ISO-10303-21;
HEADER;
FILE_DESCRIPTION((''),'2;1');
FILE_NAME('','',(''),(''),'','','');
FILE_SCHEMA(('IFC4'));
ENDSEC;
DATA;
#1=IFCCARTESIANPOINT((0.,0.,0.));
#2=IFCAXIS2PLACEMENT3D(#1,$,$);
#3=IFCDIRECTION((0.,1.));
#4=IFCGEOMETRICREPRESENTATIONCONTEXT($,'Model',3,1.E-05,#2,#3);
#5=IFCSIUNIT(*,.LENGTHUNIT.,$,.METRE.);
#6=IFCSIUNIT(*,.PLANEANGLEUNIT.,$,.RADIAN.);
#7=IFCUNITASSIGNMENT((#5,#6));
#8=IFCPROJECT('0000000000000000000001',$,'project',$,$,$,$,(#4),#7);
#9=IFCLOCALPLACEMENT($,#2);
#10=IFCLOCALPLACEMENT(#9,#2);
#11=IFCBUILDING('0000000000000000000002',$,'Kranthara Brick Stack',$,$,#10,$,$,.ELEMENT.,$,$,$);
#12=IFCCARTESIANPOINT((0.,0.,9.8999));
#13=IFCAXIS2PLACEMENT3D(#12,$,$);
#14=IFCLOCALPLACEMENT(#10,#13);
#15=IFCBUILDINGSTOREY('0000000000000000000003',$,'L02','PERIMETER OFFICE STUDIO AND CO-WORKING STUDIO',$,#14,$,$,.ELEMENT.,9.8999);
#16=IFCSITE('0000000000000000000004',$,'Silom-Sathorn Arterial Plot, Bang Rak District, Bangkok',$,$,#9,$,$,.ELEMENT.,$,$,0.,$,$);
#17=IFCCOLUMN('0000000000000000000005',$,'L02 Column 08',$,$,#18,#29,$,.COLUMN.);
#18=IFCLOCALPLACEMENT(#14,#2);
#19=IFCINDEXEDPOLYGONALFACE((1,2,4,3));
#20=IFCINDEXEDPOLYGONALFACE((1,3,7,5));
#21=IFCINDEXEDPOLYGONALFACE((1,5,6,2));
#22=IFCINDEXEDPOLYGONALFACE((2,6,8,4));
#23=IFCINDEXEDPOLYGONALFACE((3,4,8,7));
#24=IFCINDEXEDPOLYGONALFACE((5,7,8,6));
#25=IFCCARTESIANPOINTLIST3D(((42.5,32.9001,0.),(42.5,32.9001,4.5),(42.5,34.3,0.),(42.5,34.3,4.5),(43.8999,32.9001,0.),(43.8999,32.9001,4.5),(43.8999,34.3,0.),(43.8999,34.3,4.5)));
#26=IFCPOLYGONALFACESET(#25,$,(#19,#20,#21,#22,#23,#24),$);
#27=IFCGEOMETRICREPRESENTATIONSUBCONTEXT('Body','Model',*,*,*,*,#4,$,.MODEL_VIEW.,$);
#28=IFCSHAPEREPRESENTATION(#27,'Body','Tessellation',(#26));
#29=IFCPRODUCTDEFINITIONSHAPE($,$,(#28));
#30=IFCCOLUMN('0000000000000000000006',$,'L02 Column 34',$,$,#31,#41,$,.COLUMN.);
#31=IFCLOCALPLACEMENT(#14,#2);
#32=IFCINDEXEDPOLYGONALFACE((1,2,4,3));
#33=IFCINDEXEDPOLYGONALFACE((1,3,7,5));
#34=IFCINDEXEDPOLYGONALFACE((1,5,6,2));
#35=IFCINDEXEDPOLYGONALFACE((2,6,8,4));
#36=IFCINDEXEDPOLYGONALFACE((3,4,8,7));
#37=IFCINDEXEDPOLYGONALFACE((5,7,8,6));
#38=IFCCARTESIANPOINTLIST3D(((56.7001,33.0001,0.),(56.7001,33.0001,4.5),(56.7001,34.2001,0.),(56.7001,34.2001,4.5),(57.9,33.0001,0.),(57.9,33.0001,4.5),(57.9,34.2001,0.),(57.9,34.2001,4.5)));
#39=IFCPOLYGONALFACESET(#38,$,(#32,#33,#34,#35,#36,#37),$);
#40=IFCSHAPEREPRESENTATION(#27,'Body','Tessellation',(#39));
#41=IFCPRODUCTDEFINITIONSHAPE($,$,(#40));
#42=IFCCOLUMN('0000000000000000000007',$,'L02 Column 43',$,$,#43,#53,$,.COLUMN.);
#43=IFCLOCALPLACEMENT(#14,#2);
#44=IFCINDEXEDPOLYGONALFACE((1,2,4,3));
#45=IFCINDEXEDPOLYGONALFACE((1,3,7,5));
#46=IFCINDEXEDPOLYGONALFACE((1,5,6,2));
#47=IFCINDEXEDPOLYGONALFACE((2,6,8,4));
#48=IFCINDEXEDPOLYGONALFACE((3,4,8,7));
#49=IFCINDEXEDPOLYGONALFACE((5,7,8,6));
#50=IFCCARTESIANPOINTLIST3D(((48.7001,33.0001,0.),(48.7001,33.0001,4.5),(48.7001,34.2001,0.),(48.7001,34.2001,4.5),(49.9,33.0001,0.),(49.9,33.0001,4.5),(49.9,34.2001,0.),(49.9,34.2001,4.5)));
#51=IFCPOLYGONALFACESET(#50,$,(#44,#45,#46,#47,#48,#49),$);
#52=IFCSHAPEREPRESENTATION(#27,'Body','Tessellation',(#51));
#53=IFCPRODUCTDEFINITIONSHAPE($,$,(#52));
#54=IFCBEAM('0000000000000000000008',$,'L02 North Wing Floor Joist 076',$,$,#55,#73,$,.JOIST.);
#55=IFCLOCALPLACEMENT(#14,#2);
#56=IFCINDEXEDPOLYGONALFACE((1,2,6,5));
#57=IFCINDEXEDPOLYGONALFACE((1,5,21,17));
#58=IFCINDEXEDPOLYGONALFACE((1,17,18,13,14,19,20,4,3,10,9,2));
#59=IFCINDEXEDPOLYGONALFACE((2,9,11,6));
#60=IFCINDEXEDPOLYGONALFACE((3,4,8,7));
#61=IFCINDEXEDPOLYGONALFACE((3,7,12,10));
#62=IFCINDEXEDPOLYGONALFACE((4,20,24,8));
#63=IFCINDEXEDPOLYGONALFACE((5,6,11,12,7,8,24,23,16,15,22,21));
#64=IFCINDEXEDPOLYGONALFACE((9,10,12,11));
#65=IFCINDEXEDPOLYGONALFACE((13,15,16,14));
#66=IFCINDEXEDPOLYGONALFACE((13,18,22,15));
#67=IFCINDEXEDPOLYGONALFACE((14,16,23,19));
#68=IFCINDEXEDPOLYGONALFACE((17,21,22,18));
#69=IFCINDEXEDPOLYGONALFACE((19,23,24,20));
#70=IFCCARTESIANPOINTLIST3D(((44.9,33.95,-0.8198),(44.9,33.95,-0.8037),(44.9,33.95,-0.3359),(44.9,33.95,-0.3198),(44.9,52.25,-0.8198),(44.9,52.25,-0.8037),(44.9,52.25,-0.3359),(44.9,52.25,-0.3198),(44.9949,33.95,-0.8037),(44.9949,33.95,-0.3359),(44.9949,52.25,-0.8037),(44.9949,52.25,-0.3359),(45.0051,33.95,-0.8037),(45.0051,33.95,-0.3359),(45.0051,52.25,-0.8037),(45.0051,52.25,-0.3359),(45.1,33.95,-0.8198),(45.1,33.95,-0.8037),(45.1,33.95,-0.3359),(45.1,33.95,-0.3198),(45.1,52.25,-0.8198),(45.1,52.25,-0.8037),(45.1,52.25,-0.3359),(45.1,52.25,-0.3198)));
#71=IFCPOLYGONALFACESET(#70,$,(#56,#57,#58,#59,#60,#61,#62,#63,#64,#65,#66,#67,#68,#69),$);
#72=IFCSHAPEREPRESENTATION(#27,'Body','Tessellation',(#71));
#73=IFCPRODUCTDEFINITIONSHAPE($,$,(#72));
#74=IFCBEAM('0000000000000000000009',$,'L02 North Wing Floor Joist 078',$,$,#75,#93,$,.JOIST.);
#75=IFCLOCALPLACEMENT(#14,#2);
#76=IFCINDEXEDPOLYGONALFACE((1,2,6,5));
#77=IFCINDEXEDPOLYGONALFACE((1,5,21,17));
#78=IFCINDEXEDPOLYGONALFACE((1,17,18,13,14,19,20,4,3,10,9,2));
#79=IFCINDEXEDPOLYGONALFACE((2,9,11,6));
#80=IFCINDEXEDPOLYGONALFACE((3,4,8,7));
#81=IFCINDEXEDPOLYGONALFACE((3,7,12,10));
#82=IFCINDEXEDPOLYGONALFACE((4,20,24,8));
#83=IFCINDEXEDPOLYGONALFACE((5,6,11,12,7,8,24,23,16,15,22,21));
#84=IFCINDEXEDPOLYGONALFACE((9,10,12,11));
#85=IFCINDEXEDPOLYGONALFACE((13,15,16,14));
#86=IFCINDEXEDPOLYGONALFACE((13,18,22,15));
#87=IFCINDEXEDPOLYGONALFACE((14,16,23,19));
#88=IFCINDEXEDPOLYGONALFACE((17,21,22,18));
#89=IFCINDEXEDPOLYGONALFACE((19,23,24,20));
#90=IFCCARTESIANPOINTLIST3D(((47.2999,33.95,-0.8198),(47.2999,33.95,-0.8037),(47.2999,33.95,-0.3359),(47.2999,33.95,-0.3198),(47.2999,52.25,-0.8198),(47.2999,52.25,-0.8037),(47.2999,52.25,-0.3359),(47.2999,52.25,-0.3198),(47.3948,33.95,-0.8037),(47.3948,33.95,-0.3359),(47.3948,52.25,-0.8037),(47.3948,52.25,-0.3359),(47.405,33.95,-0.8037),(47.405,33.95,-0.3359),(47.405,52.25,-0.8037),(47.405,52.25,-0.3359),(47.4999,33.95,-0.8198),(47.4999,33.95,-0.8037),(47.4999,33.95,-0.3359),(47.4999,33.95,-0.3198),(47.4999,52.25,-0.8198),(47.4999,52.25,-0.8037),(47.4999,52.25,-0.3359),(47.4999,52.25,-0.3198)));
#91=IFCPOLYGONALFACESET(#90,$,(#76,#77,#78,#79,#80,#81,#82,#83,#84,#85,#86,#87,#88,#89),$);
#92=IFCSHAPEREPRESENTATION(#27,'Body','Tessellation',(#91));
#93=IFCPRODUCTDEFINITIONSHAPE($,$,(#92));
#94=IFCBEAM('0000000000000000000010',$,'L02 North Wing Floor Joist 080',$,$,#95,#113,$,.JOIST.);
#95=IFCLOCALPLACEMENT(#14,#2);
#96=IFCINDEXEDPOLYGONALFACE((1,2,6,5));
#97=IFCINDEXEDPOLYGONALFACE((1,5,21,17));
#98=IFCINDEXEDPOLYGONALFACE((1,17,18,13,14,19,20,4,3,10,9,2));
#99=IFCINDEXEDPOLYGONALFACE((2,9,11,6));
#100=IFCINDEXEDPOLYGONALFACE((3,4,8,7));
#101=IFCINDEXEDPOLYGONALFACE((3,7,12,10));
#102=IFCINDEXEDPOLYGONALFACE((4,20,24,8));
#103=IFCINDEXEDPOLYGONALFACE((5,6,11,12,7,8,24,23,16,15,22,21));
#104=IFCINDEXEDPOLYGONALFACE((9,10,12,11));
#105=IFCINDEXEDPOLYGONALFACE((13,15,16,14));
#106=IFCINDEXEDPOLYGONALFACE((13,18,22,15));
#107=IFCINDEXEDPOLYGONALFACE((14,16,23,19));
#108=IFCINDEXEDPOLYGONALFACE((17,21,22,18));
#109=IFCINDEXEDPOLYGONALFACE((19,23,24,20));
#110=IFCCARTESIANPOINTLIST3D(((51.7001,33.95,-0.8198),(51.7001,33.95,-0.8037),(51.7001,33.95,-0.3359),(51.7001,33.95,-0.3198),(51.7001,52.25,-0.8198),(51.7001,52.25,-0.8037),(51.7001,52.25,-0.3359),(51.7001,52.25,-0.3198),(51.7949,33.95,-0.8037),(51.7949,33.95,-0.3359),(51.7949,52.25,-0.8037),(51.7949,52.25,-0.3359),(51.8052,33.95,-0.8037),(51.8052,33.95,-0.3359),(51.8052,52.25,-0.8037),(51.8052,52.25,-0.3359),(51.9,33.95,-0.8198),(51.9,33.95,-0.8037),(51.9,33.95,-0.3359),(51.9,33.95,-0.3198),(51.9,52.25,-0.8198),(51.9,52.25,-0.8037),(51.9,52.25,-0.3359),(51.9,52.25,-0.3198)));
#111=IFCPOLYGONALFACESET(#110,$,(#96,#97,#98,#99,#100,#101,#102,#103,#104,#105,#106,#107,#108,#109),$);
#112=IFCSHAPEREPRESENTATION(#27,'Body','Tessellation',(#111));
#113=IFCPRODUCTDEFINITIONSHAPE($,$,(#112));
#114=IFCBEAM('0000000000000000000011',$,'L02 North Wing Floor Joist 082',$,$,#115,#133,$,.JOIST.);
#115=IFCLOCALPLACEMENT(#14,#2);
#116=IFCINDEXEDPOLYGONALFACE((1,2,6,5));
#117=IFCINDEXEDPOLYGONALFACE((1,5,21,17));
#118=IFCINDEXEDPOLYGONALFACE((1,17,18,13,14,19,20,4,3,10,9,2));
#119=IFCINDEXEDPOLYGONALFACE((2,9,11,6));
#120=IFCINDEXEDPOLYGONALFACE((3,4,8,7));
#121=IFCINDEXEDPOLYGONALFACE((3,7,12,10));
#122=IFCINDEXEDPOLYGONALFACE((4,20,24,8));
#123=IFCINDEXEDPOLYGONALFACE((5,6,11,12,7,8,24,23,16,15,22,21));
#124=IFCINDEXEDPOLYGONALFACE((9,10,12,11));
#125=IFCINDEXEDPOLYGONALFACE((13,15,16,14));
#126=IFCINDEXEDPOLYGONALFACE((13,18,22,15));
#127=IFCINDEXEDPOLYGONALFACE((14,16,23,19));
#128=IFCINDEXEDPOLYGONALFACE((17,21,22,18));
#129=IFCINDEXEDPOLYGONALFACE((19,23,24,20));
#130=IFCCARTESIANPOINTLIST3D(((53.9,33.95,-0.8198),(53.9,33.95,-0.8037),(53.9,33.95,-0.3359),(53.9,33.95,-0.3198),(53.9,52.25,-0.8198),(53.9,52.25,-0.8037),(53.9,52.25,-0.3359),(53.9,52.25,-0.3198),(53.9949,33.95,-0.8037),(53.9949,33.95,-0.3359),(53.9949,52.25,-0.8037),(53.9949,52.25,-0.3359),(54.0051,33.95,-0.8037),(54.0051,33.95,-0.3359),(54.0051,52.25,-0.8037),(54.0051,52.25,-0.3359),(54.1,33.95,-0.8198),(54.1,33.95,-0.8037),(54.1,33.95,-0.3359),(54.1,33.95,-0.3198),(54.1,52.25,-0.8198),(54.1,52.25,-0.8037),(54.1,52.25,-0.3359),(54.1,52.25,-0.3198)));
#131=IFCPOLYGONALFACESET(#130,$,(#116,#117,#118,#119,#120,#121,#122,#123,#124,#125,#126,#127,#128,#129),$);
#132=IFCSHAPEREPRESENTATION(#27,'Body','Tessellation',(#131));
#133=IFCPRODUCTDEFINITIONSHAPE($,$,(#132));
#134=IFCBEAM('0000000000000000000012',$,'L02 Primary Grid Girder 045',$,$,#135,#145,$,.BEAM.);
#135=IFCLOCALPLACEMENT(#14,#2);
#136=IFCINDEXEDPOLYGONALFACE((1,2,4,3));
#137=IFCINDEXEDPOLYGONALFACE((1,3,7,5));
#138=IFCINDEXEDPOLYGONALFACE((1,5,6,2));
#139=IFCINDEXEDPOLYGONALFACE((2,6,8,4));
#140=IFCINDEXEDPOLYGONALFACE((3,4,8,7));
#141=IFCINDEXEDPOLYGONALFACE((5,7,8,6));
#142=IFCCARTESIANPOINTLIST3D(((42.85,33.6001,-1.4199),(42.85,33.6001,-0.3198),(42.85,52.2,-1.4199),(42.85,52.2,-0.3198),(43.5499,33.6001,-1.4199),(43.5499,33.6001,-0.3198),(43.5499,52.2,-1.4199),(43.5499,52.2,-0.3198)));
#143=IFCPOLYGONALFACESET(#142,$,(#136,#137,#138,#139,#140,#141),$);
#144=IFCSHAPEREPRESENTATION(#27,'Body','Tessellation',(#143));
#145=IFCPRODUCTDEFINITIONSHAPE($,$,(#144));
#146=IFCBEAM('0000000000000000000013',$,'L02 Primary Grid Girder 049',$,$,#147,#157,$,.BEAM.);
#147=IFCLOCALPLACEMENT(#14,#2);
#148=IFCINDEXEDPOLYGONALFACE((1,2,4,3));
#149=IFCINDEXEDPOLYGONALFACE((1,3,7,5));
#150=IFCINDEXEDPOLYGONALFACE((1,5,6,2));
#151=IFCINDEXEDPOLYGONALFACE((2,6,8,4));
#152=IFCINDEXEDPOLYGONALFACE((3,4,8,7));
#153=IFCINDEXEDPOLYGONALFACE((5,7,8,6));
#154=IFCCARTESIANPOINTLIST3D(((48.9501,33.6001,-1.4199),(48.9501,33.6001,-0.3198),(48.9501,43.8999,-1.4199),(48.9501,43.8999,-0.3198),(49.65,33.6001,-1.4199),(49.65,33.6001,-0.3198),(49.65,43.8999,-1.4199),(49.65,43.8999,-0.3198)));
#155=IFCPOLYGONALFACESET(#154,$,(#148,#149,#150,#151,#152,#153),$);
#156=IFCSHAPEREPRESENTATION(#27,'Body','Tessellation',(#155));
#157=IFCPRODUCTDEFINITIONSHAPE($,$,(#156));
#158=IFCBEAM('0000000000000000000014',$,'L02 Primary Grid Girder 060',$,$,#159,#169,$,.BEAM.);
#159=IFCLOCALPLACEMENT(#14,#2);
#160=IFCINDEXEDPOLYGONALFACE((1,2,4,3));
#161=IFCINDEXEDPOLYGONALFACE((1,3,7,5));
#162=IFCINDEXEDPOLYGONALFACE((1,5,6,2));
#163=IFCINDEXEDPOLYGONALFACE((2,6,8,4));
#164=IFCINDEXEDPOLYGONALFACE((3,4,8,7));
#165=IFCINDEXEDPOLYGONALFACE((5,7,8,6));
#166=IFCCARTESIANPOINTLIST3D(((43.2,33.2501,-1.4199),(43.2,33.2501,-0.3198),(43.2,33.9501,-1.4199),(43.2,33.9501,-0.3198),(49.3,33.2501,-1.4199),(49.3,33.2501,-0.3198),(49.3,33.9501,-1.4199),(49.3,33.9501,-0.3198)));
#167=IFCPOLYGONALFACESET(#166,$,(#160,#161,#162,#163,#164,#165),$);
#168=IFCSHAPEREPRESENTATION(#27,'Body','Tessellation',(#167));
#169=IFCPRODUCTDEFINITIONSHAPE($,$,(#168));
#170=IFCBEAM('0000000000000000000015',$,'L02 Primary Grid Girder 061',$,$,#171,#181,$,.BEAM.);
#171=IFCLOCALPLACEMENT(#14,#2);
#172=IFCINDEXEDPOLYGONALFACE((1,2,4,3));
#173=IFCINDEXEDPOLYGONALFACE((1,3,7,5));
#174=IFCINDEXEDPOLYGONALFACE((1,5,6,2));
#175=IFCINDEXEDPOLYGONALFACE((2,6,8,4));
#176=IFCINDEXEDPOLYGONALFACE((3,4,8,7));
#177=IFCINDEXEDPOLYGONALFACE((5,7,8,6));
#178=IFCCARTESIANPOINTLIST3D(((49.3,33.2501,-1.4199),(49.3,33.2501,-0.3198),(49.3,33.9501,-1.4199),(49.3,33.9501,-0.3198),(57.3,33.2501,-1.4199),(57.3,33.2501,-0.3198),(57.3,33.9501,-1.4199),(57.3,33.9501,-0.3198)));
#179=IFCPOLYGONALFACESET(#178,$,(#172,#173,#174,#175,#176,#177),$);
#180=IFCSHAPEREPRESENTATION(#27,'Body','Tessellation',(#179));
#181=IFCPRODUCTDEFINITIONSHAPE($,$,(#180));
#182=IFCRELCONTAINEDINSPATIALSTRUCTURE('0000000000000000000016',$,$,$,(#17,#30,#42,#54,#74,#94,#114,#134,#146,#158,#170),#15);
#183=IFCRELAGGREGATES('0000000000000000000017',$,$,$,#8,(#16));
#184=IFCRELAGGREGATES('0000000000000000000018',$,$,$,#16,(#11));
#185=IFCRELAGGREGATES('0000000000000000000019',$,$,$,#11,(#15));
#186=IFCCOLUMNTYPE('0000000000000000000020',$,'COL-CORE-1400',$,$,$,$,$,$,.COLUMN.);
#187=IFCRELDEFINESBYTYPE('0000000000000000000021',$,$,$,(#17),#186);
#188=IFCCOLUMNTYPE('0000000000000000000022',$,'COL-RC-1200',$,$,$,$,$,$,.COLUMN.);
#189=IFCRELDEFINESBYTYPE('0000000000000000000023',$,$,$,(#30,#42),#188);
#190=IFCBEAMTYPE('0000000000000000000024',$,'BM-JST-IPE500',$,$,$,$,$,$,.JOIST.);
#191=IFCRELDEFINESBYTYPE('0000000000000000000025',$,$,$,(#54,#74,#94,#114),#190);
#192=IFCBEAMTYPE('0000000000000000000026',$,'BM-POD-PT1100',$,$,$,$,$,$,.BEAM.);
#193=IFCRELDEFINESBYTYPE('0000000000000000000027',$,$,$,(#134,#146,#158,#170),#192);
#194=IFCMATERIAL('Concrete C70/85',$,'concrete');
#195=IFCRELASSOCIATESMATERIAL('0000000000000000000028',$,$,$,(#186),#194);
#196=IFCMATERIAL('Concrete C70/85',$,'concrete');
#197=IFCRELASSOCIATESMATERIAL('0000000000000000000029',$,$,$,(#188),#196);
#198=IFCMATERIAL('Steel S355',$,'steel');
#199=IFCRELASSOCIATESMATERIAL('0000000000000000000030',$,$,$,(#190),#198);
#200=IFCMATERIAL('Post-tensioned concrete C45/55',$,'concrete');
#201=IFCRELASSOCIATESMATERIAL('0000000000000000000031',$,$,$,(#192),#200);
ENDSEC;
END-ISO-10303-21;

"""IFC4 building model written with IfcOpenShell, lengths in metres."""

from ifc_helpers import new_model, si_unit, direction, frame, origin, origin_2d, place, context, subcontext, project, spatial, rectangle, i_section, extrude, material, material_profile, profile_set, type_object, element, save


model = new_model("IFC4")

# Units and contexts
model_context = context("Model", 3, precision=1e-05, world=origin(), true_north=direction((0.0, 1.0)))
body_context = subcontext(model_context, "Body", "Model", "MODEL_VIEW")
ifc_project = project(units=[si_unit("LENGTHUNIT", "METRE"), si_unit("PLANEANGLEUNIT", "RADIAN")], contexts=[model_context])

# Site, building, storey
site_placement = place(None, origin())
site = spatial("IfcSite", under=ifc_project, at=site_placement, Name="Silom-Sathorn Arterial Plot, Bang Rak District, Bangkok", CompositionType="ELEMENT", RefElevation=0.0)
building_placement = place(site_placement, origin())
building = spatial("IfcBuilding", under=site, at=building_placement, Name="Kranthara Brick Stack", CompositionType="ELEMENT")
storey_placement = place(building_placement, frame((0.0, 0.0, 9.8999)))
storey = spatial("IfcBuildingStorey", under=building, at=storey_placement, Name="L02", Description="PERIMETER OFFICE STUDIO AND CO-WORKING STUDIO", CompositionType="ELEMENT", Elevation=9.8999)

# Columns
ifc_material_1 = material(Name="Concrete C70/85", Category="concrete")
ifc_material_profile_1 = material_profile(ifc_material_1, rectangle(XDim=1.3999, YDim=1.3999, at=origin_2d()), Name="RC 1400x1400")
ifc_profile_set_1 = profile_set([ifc_material_profile_1], Name="Concrete C70/85")
column_type_1 = type_object("IfcColumnType", Name="COL-CORE-1400", PredefinedType="COLUMN", material=ifc_profile_set_1)
column_placement = place(storey_placement, frame((43.2, 33.6001, 0.0), z_axis=(0.0, 0.0, 1.0), x_axis=(1.0, 0.0, 0.0)))
element("IfcColumn", 1, at=column_placement, inside=storey, type_object=column_type_1, Name="L02 Column 08", PredefinedType="COLUMN", context=body_context, shape_type="SweptSolid", body=[
    extrude(rectangle(XDim=1.3999, YDim=1.3999, at=origin_2d()), origin(), (0.0, 0.0, 1.0), 4.5),
])
ifc_material_2 = material(Name="Concrete C70/85", Category="concrete")
ifc_material_profile_2 = material_profile(ifc_material_2, rectangle(XDim=1.2, YDim=1.2, at=origin_2d()), Name="RC 1200x1200")
ifc_profile_set_2 = profile_set([ifc_material_profile_2], Name="Concrete C70/85")
column_type_2 = type_object("IfcColumnType", Name="COL-RC-1200", PredefinedType="COLUMN", material=ifc_profile_set_2)
for number, where, z_axis, x_axis, name in (
    (2, (57.3, 33.6001, 0.0), (0.0, 0.0, 1.0), (1.0, 0.0, 0.0), "L02 Column 34"),
    (3, (49.3, 33.6001, 0.0), (0.0, 0.0, 1.0), (1.0, 0.0, 0.0), "L02 Column 43"),
):
    element("IfcColumn", number, at=place(storey_placement, frame(where, z_axis=z_axis, x_axis=x_axis)), inside=storey, type_object=column_type_2, Name=name, PredefinedType="COLUMN", context=body_context, shape_type="SweptSolid", body=[
        extrude(rectangle(XDim=1.2, YDim=1.2, at=origin_2d()), origin(), (0.0, 0.0, 1.0), 4.5),
    ])

# Beams
ifc_material_3 = material(Name="Steel S355", Category="steel")
ifc_material_profile_3 = material_profile(ifc_material_3, i_section(OverallWidth=0.2, OverallDepth=0.5, WebThickness=0.0103, FlangeThickness=0.0161, at=origin_2d()), Name="IPE 500")
ifc_profile_set_3 = profile_set([ifc_material_profile_3], Name="Steel S355")
beam_type_1 = type_object("IfcBeamType", Name="BM-JST-IPE500", PredefinedType="JOIST", material=ifc_profile_set_3)
for number, where, z_axis, x_axis, name in (
    (4, (45.0, 33.95, -0.5698), (0.0, 1.0, 0.0), (-1.0, 0.0, 0.0), "L02 North Wing Floor Joist 076"),
    (5, (47.3999, 33.95, -0.5698), (0.0, 1.0, 0.0), (-1.0, 0.0, 0.0), "L02 North Wing Floor Joist 078"),
    (6, (51.8, 33.95, -0.5698), (0.0, 1.0, 0.0), (-1.0, 0.0, 0.0), "L02 North Wing Floor Joist 080"),
    (7, (54.0, 33.95, -0.5698), (0.0, 1.0, 0.0), (-1.0, 0.0, 0.0), "L02 North Wing Floor Joist 082"),
):
    element("IfcBeam", number, at=place(storey_placement, frame(where, z_axis=z_axis, x_axis=x_axis)), inside=storey, type_object=beam_type_1, Name=name, PredefinedType="JOIST", context=body_context, shape_type="SweptSolid", body=[
        extrude(i_section(OverallWidth=0.2, OverallDepth=0.5, WebThickness=0.0103, FlangeThickness=0.0161, at=origin_2d()), origin(), (0.0, 0.0, 1.0), 18.3),
    ])
ifc_material_4 = material(Name="Post-tensioned concrete C45/55", Category="concrete")
ifc_material_profile_4 = material_profile(ifc_material_4, rectangle(XDim=0.7, YDim=1.1001, at=origin_2d()), Name="PT 700x1100")
ifc_profile_set_4 = profile_set([ifc_material_profile_4], Name="Post-tensioned concrete C45/55")
beam_type_2 = type_object("IfcBeamType", Name="BM-POD-PT1100", PredefinedType="BEAM", material=ifc_profile_set_4)
beam_1_placement = place(storey_placement, frame((43.2, 33.6001, -0.8699), z_axis=(0.0, 1.0, 0.0), x_axis=(-1.0, 0.0, 0.0)))
element("IfcBeam", 8, at=beam_1_placement, inside=storey, type_object=beam_type_2, Name="L02 Primary Grid Girder 045", PredefinedType="BEAM", context=body_context, shape_type="SweptSolid", body=[
    extrude(rectangle(XDim=0.7, YDim=1.1001, at=origin_2d()), origin(), (0.0, 0.0, 1.0), 18.5999),
])
beam_2_placement = place(storey_placement, frame((49.3, 33.6001, -0.8699), z_axis=(0.0, 1.0, 0.0), x_axis=(-1.0, 0.0, 0.0)))
element("IfcBeam", 9, at=beam_2_placement, inside=storey, type_object=beam_type_2, Name="L02 Primary Grid Girder 049", PredefinedType="BEAM", context=body_context, shape_type="SweptSolid", body=[
    extrude(rectangle(XDim=0.7, YDim=1.1001, at=origin_2d()), origin(), (0.0, 0.0, 1.0), 10.2998),
])
beam_3_placement = place(storey_placement, frame((43.2, 33.6001, -0.8699), z_axis=(1.0, 0.0, 0.0), x_axis=(0.0, 1.0, 0.0)))
element("IfcBeam", 10, at=beam_3_placement, inside=storey, type_object=beam_type_2, Name="L02 Primary Grid Girder 060", PredefinedType="BEAM", context=body_context, shape_type="SweptSolid", body=[
    extrude(rectangle(XDim=0.7, YDim=1.1001, at=origin_2d()), origin(), (0.0, 0.0, 1.0), 6.1001),
])
beam_4_placement = place(storey_placement, frame((49.3, 33.6001, -0.8699), z_axis=(1.0, 0.0, 0.0), x_axis=(0.0, 1.0, 0.0)))
element("IfcBeam", 11, at=beam_4_placement, inside=storey, type_object=beam_type_2, Name="L02 Primary Grid Girder 061", PredefinedType="BEAM", context=body_context, shape_type="SweptSolid", body=[
    extrude(rectangle(XDim=0.7, YDim=1.1001, at=origin_2d()), origin(), (0.0, 0.0, 1.0), 8.0),
])

save(model, "model.ifc")
